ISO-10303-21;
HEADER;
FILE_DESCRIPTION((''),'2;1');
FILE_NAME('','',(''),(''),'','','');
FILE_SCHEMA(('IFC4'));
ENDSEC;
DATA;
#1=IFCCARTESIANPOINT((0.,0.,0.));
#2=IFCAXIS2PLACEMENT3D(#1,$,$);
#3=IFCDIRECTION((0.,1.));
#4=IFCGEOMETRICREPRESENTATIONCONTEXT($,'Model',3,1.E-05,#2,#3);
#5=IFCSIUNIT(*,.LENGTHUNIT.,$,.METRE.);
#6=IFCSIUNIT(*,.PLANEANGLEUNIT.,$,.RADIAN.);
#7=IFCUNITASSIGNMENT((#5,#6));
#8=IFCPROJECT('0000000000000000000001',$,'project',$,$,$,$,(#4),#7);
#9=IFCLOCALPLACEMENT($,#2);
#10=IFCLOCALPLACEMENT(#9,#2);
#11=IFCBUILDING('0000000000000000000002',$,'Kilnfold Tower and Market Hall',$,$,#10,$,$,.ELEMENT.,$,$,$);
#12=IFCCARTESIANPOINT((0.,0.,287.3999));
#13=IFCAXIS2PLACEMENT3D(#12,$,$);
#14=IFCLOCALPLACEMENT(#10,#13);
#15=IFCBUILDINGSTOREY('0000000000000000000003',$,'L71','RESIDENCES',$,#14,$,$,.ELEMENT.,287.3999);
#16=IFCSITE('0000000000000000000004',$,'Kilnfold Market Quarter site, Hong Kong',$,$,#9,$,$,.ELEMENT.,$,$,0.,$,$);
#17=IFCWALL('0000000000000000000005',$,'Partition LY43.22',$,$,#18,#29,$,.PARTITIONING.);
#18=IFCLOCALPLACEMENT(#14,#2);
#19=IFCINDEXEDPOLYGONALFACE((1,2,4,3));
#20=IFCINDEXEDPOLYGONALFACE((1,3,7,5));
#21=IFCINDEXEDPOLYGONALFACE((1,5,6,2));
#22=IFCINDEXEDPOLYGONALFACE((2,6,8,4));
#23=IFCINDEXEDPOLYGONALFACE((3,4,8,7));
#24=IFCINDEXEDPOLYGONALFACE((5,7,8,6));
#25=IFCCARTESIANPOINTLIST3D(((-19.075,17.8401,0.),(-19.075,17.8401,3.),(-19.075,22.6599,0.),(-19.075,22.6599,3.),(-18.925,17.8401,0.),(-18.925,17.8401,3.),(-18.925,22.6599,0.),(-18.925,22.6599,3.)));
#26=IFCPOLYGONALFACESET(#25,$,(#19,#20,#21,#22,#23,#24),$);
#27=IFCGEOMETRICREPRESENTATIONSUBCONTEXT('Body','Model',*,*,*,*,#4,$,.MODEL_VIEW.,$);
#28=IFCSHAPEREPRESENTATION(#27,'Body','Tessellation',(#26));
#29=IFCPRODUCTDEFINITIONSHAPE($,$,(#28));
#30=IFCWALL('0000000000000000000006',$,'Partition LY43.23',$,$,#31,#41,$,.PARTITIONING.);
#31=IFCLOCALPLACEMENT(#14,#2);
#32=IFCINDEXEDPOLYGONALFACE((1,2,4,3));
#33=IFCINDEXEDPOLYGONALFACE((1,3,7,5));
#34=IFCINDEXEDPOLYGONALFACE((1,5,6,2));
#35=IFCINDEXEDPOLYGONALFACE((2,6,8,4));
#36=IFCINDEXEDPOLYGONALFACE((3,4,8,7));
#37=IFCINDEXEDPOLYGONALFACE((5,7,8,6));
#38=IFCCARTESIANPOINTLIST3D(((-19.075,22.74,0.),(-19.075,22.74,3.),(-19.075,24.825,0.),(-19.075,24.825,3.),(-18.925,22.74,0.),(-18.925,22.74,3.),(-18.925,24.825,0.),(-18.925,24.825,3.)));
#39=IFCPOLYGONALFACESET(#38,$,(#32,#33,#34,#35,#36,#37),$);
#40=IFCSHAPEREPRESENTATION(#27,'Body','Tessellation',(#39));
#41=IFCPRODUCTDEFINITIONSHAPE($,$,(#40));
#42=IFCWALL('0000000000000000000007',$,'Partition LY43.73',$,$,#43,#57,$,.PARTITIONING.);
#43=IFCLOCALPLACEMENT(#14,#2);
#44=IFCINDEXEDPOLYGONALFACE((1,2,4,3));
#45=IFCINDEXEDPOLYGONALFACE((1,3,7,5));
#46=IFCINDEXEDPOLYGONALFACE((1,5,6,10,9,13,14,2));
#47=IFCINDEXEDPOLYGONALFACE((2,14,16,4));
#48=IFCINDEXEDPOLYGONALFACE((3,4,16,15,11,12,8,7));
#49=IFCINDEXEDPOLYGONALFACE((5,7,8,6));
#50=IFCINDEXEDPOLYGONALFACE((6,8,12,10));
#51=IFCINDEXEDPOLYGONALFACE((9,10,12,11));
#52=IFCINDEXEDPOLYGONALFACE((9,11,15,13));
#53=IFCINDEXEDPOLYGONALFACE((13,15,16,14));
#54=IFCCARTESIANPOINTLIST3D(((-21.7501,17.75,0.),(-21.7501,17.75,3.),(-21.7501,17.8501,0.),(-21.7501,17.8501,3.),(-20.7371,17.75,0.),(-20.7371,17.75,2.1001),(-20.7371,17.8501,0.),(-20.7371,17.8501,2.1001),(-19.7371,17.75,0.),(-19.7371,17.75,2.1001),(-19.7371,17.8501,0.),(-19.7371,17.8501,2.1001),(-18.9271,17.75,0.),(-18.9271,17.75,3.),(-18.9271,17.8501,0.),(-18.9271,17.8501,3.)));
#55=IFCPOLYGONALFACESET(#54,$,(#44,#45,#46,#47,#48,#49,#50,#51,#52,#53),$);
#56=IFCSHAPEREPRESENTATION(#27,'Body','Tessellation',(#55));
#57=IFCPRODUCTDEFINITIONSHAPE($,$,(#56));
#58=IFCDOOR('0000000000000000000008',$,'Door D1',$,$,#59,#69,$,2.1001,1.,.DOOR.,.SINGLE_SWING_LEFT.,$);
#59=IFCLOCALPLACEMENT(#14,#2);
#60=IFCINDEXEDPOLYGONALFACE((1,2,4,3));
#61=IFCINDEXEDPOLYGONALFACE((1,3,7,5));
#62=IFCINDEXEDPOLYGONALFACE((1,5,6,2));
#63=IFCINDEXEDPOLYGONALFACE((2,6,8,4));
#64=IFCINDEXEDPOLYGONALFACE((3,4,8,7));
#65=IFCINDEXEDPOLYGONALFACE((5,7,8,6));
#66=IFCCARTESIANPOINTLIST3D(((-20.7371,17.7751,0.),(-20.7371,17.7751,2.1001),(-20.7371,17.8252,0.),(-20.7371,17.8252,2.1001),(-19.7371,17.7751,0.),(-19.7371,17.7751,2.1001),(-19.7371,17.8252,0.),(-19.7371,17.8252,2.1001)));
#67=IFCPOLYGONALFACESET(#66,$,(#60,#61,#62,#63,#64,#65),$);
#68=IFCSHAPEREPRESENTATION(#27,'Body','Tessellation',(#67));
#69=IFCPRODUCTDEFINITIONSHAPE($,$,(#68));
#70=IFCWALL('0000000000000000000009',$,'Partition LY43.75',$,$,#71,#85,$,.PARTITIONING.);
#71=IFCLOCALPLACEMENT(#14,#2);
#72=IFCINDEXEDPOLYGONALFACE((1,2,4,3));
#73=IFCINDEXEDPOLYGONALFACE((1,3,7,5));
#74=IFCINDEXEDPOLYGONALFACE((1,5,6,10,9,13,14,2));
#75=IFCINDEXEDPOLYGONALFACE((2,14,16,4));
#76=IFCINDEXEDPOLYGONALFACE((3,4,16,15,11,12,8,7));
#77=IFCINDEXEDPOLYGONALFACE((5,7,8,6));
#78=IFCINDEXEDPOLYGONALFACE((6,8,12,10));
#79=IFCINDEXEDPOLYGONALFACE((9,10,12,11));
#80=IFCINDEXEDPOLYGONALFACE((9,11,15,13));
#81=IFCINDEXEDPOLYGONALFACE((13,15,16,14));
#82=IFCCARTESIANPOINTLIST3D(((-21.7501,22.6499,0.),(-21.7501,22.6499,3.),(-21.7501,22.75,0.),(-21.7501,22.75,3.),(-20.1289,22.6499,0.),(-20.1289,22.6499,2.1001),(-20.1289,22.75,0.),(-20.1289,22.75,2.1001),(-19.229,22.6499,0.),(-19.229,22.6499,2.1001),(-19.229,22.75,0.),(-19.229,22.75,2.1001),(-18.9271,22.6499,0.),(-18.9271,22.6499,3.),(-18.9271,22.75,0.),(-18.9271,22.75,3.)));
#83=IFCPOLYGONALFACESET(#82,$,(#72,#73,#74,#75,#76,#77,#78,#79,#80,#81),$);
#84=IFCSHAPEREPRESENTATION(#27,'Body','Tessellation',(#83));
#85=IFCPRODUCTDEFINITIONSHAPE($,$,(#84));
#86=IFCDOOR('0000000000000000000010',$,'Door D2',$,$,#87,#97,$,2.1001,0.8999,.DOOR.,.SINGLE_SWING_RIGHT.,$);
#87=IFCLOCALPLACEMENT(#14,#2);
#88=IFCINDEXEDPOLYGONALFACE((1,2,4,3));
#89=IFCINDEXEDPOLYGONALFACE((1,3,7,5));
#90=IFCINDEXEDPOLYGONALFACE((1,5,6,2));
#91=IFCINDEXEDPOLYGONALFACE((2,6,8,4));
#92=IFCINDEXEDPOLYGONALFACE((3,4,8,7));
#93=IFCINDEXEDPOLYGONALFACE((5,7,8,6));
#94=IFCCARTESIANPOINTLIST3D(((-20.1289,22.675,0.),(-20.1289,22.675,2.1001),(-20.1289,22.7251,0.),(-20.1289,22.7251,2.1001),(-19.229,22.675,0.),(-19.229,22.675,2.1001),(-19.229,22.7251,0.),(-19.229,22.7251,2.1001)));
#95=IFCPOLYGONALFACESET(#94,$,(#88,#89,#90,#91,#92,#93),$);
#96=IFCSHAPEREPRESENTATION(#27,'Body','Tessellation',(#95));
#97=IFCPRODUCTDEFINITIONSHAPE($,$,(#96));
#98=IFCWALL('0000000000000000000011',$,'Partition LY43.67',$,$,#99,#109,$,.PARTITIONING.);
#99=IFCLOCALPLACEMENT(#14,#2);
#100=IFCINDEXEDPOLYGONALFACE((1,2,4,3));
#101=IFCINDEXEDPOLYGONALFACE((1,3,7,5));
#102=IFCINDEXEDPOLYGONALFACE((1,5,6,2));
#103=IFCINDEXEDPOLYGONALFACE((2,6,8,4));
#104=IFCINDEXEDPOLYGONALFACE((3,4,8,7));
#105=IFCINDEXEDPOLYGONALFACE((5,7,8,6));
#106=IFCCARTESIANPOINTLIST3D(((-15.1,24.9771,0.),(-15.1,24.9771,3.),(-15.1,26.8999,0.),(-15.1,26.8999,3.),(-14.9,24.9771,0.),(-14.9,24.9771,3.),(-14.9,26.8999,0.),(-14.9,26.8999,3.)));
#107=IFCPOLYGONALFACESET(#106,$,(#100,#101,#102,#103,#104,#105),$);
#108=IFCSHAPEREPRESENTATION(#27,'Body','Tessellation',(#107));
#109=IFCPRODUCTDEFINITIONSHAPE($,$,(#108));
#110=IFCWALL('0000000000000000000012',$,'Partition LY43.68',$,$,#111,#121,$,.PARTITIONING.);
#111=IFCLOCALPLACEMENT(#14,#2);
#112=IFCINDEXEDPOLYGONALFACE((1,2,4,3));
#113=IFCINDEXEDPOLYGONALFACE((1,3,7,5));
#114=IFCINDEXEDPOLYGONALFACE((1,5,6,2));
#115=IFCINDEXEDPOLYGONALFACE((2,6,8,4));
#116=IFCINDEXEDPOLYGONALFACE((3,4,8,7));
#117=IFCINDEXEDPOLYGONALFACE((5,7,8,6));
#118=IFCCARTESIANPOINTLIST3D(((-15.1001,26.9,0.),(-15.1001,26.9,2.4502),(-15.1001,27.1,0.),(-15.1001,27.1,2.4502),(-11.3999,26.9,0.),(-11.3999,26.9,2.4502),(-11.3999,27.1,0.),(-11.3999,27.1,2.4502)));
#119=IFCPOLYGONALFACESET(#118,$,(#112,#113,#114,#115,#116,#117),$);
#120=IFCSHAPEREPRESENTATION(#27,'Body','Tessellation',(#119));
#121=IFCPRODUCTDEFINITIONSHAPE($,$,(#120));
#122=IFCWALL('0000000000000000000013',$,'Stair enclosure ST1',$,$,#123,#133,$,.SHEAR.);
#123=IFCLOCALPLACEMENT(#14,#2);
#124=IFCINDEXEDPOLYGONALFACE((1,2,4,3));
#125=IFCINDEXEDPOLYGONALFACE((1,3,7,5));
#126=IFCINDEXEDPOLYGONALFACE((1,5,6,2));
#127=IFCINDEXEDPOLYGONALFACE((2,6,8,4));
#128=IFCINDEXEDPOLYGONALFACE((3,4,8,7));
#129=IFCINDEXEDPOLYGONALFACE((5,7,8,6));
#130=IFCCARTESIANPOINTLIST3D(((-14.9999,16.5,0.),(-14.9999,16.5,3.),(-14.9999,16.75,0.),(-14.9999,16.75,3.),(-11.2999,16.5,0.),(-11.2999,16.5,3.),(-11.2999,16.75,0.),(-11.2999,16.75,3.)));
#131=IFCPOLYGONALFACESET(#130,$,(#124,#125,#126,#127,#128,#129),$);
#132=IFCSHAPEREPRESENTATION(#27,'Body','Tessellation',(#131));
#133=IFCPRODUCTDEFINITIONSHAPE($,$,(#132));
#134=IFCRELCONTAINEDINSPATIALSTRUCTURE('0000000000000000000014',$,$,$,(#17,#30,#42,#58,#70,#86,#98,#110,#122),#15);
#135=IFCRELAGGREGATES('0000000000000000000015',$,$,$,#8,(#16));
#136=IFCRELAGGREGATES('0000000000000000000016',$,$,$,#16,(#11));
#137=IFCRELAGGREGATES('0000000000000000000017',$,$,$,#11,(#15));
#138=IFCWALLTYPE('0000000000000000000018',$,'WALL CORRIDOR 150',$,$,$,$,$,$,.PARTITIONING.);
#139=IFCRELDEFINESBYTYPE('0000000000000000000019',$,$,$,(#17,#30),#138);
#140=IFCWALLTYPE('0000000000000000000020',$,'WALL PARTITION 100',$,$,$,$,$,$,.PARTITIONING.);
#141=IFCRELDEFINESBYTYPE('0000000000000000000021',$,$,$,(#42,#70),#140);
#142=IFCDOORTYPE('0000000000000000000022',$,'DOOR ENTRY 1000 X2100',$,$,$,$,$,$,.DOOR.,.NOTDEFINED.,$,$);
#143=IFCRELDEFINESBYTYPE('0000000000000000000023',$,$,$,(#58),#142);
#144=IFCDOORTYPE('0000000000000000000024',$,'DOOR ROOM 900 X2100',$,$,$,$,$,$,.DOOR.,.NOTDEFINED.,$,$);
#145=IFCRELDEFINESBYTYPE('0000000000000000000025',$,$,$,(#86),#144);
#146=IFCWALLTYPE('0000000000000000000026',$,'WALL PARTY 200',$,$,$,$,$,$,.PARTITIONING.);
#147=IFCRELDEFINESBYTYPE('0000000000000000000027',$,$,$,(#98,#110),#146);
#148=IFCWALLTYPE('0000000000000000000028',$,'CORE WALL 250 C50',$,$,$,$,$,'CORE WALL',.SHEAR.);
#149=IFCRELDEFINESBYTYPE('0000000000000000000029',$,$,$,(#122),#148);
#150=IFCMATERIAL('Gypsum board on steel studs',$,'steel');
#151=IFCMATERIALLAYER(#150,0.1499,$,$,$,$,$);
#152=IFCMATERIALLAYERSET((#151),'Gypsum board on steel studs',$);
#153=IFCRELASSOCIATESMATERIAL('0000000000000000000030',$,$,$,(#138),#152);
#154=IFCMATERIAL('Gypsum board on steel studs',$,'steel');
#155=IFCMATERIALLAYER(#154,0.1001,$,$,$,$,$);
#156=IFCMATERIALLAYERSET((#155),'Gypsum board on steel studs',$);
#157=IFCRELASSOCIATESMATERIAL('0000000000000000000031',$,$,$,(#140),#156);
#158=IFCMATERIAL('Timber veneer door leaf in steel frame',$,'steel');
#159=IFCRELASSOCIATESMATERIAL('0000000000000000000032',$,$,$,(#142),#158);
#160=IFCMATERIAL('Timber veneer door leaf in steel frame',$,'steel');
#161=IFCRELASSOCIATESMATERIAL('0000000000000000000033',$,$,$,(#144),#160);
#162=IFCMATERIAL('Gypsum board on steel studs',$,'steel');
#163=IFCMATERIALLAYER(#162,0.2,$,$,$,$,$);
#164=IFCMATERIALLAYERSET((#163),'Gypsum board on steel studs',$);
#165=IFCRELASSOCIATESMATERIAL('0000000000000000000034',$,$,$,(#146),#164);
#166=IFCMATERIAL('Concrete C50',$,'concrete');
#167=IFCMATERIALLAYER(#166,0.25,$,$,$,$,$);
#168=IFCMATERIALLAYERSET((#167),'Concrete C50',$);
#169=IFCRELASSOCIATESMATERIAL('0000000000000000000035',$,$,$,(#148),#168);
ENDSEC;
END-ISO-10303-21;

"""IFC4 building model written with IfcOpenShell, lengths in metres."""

from ifc_helpers import new_model, si_unit, direction, frame, frame_2d, origin, place, context, subcontext, project, spatial, rectangle, extrude, source, transform, mapped, material, layer, layer_set, type_object, element, fill, save


model = new_model("IFC4")

# Units and contexts
model_context = context("Model", 3, precision=1e-05, world=origin(), true_north=direction((0.0, 1.0)))
body_context = subcontext(model_context, "Body", "Model", "MODEL_VIEW")
ifc_project = project(units=[si_unit("LENGTHUNIT", "METRE"), si_unit("PLANEANGLEUNIT", "RADIAN")], contexts=[model_context])

# Site, building, storey
site_placement = place(None, origin())
site = spatial("IfcSite", under=ifc_project, at=site_placement, Name="Kilnfold Market Quarter site, Hong Kong", CompositionType="ELEMENT", RefElevation=0.0)
building_placement = place(site_placement, origin())
building = spatial("IfcBuilding", under=site, at=building_placement, Name="Kilnfold Tower and Market Hall", CompositionType="ELEMENT")
storey_placement = place(building_placement, frame((0.0, 0.0, 287.3999)))
storey = spatial("IfcBuildingStorey", under=building, at=storey_placement, Name="L71", Description="RESIDENCES", CompositionType="ELEMENT", Elevation=287.3999)

# Walls
ifc_material_1 = material(Name="Gypsum board on steel studs", Category="steel")
ifc_layer_1 = layer(ifc_material_1, 0.1499)
ifc_layer_set_1 = layer_set([ifc_layer_1], Name="Gypsum board on steel studs")
wall_type_1 = type_object("IfcWallType", Name="WALL CORRIDOR 150", PredefinedType="PARTITIONING", material=ifc_layer_set_1)
wall_1_placement = place(storey_placement, frame((-19.0, 17.8401, 0.0), z_axis=(0.0, 0.0, 1.0), x_axis=(0.0, 1.0, 0.0)))
element("IfcWall", 1, at=wall_1_placement, inside=storey, type_object=wall_type_1, Name="Partition LY43.22", PredefinedType="PARTITIONING", context=body_context, shape_type="SweptSolid", body=[
    extrude(rectangle(XDim=4.8198, YDim=0.1499, at=frame_2d((2.4099, 0.0))), origin(), (0.0, 0.0, 1.0), 3.0),
])
wall_2_placement = place(storey_placement, frame((-19.0, 22.74, 0.0), z_axis=(0.0, 0.0, 1.0), x_axis=(0.0, 1.0, 0.0)))
element("IfcWall", 2, at=wall_2_placement, inside=storey, type_object=wall_type_1, Name="Partition LY43.23", PredefinedType="PARTITIONING", context=body_context, shape_type="SweptSolid", body=[
    extrude(rectangle(XDim=2.085, YDim=0.1499, at=frame_2d((1.0425, 0.0))), origin(), (0.0, 0.0, 1.0), 3.0),
])

# Walls, openings, doors
ifc_material_2 = material(Name="Gypsum board on steel studs", Category="steel")
ifc_layer_2 = layer(ifc_material_2, 0.1001)
ifc_layer_set_2 = layer_set([ifc_layer_2], Name="Gypsum board on steel studs")
wall_type_2 = type_object("IfcWallType", Name="WALL PARTITION 100", PredefinedType="PARTITIONING", material=ifc_layer_set_2)
wall_3_placement = place(storey_placement, frame((-18.927, 17.8, 0.0), z_axis=(0.0, 0.0, 1.0), x_axis=(-1.0, 0.0, 0.0)))
wall_3 = element("IfcWall", 3, at=wall_3_placement, inside=storey, type_object=wall_type_2, Name="Partition LY43.73", PredefinedType="PARTITIONING", context=body_context, shape_type="SweptSolid", body=[
    extrude(rectangle(XDim=2.823, YDim=0.1001, at=frame_2d((1.4116, 0.0))), origin(), (0.0, 0.0, 1.0), 3.0),
])
opening_1_placement = place(wall_3_placement, frame((0.8101, 0.0, 0.0)))
opening_1 = element("IfcOpeningElement", 4, at=opening_1_placement, cuts=wall_3, PredefinedType="OPENING", context=body_context, shape_type="SweptSolid", body=[
    extrude(rectangle(XDim=1.0, YDim=2.1001, at=frame_2d((0.5, 1.05))), frame((0.0, 0.0601, 0.0), z_axis=(0.0, -1.0, 0.0), x_axis=(1.0, 0.0, 0.0)), (0.0, 0.0, 1.0), 0.1201),
])
ifc_material_3 = material(Name="Timber veneer door leaf in steel frame", Category="steel")
door_type_1 = type_object("IfcDoorType", Name="DOOR ENTRY 1000 X2100", OperationType="NOTDEFINED", PredefinedType="DOOR", material=ifc_material_3)
door_1_placement = place(opening_1_placement, origin())
door_1 = element("IfcDoor", 5, at=door_1_placement, inside=storey, type_object=door_type_1, Name="Door D1", OperationType="SINGLE_SWING_LEFT", OverallHeight=2.1001, OverallWidth=1.0, PredefinedType="DOOR", context=body_context, shape_type="SweptSolid", body=[
    extrude(rectangle(XDim=1.0, YDim=2.1001, at=frame_2d((0.5, 1.05))), frame((0.0, 0.0249, 0.0), z_axis=(0.0, -1.0, 0.0), x_axis=(1.0, 0.0, 0.0)), (0.0, 0.0, 1.0), 0.05),
])
fill(opening_1, door_1)
wall_4_placement = place(storey_placement, frame((-18.927, 22.7, 0.0), z_axis=(0.0, 0.0, 1.0), x_axis=(-1.0, 0.0, 0.0)))
wall_4 = element("IfcWall", 6, at=wall_4_placement, inside=storey, type_object=wall_type_2, Name="Partition LY43.75", PredefinedType="PARTITIONING", context=body_context, shape_type="SweptSolid", body=[
    extrude(rectangle(XDim=2.823, YDim=0.1001, at=frame_2d((1.4116, 0.0))), origin(), (0.0, 0.0, 1.0), 3.0),
])
opening_2_placement = place(wall_4_placement, frame((0.302, 0.0, 0.0)))
opening_2 = element("IfcOpeningElement", 7, at=opening_2_placement, cuts=wall_4, PredefinedType="OPENING", context=body_context, shape_type="SweptSolid", body=[
    extrude(rectangle(XDim=0.8999, YDim=2.1001, at=frame_2d((0.45, 1.05))), frame((0.0, 0.0601, 0.0), z_axis=(0.0, -1.0, 0.0), x_axis=(1.0, 0.0, 0.0)), (0.0, 0.0, 1.0), 0.1201),
])
ifc_material_4 = material(Name="Timber veneer door leaf in steel frame", Category="steel")
door_type_2 = type_object("IfcDoorType", Name="DOOR ROOM 900 X2100", OperationType="NOTDEFINED", PredefinedType="DOOR", material=ifc_material_4)
door_2_placement = place(opening_2_placement, origin())
door_2 = element("IfcDoor", 8, at=door_2_placement, inside=storey, type_object=door_type_2, Name="Door D2", OperationType="SINGLE_SWING_RIGHT", OverallHeight=2.1001, OverallWidth=0.8999, PredefinedType="DOOR", context=body_context, shape_type="SweptSolid", body=[
    extrude(rectangle(XDim=0.8999, YDim=2.1001, at=frame_2d((0.45, 1.05))), frame((0.0, 0.0249, 0.0), z_axis=(0.0, -1.0, 0.0), x_axis=(1.0, 0.0, 0.0)), (0.0, 0.0, 1.0), 0.05),
])
fill(opening_2, door_2)

# Walls
ifc_material_5 = material(Name="Gypsum board on steel studs", Category="steel")
ifc_layer_3 = layer(ifc_material_5, 0.2)
ifc_layer_set_3 = layer_set([ifc_layer_3], Name="Gypsum board on steel studs")
wall_type_3 = type_object("IfcWallType", Name="WALL PARTY 200", PredefinedType="PARTITIONING", material=ifc_layer_set_3)
wall_5_placement = place(storey_placement, frame((-15.0, 26.8999, 0.0), z_axis=(0.0, 0.0, 1.0), x_axis=(0.0, -1.0, 0.0)))
element("IfcWall", 9, at=wall_5_placement, inside=storey, type_object=wall_type_3, Name="Partition LY43.67", PredefinedType="PARTITIONING", context=body_context, shape_type="SweptSolid", body=[
    extrude(rectangle(XDim=1.9229, YDim=0.2, at=frame_2d((0.9614, 0.0))), origin(), (0.0, 0.0, 1.0), 3.0),
])
wall_6_placement = place(storey_placement, frame((-11.3999, 27.0, 0.0), z_axis=(0.0, 0.0, 1.0), x_axis=(-1.0, 0.0, 0.0)))
element("IfcWall", 10, at=wall_6_placement, inside=storey, type_object=wall_type_3, Name="Partition LY43.68", PredefinedType="PARTITIONING", context=body_context, shape_type="SweptSolid", body=[
    extrude(rectangle(XDim=3.7002, YDim=0.2, at=frame_2d((1.8501, 0.0))), origin(), (0.0, 0.0, 1.0), 2.4502),
])
ifc_material_6 = material(Name="Concrete C50", Category="concrete")
ifc_layer_4 = layer(ifc_material_6, 0.25)
ifc_layer_set_4 = layer_set([ifc_layer_4], Name="Concrete C50")
wall_type_4 = type_object("IfcWallType", Name="CORE WALL 250 C50", ElementType="CORE WALL", PredefinedType="SHEAR", material=ifc_layer_set_4)
shared_shape_1 = source(origin(), body_context, "Body", "SweptSolid", [
    extrude(rectangle(XDim=3.7, YDim=0.25, at=frame_2d((1.8501, 0.0))), origin(), (0.0, 0.0, 1.0), 3.0),
])
wall_7_placement = place(storey_placement, frame((-15.0, 16.625, 0.0), z_axis=(0.0, 0.0, 1.0), x_axis=(1.0, 0.0, 0.0)))
element("IfcWall", 11, at=wall_7_placement, inside=storey, type_object=wall_type_4, Name="Stair enclosure ST1", PredefinedType="SHEAR", context=body_context, shape_type="MappedRepresentation", body=[
    mapped(shared_shape_1, transform((0.0, 0.0, 0.0))),
])

save(model, "model.ifc")
